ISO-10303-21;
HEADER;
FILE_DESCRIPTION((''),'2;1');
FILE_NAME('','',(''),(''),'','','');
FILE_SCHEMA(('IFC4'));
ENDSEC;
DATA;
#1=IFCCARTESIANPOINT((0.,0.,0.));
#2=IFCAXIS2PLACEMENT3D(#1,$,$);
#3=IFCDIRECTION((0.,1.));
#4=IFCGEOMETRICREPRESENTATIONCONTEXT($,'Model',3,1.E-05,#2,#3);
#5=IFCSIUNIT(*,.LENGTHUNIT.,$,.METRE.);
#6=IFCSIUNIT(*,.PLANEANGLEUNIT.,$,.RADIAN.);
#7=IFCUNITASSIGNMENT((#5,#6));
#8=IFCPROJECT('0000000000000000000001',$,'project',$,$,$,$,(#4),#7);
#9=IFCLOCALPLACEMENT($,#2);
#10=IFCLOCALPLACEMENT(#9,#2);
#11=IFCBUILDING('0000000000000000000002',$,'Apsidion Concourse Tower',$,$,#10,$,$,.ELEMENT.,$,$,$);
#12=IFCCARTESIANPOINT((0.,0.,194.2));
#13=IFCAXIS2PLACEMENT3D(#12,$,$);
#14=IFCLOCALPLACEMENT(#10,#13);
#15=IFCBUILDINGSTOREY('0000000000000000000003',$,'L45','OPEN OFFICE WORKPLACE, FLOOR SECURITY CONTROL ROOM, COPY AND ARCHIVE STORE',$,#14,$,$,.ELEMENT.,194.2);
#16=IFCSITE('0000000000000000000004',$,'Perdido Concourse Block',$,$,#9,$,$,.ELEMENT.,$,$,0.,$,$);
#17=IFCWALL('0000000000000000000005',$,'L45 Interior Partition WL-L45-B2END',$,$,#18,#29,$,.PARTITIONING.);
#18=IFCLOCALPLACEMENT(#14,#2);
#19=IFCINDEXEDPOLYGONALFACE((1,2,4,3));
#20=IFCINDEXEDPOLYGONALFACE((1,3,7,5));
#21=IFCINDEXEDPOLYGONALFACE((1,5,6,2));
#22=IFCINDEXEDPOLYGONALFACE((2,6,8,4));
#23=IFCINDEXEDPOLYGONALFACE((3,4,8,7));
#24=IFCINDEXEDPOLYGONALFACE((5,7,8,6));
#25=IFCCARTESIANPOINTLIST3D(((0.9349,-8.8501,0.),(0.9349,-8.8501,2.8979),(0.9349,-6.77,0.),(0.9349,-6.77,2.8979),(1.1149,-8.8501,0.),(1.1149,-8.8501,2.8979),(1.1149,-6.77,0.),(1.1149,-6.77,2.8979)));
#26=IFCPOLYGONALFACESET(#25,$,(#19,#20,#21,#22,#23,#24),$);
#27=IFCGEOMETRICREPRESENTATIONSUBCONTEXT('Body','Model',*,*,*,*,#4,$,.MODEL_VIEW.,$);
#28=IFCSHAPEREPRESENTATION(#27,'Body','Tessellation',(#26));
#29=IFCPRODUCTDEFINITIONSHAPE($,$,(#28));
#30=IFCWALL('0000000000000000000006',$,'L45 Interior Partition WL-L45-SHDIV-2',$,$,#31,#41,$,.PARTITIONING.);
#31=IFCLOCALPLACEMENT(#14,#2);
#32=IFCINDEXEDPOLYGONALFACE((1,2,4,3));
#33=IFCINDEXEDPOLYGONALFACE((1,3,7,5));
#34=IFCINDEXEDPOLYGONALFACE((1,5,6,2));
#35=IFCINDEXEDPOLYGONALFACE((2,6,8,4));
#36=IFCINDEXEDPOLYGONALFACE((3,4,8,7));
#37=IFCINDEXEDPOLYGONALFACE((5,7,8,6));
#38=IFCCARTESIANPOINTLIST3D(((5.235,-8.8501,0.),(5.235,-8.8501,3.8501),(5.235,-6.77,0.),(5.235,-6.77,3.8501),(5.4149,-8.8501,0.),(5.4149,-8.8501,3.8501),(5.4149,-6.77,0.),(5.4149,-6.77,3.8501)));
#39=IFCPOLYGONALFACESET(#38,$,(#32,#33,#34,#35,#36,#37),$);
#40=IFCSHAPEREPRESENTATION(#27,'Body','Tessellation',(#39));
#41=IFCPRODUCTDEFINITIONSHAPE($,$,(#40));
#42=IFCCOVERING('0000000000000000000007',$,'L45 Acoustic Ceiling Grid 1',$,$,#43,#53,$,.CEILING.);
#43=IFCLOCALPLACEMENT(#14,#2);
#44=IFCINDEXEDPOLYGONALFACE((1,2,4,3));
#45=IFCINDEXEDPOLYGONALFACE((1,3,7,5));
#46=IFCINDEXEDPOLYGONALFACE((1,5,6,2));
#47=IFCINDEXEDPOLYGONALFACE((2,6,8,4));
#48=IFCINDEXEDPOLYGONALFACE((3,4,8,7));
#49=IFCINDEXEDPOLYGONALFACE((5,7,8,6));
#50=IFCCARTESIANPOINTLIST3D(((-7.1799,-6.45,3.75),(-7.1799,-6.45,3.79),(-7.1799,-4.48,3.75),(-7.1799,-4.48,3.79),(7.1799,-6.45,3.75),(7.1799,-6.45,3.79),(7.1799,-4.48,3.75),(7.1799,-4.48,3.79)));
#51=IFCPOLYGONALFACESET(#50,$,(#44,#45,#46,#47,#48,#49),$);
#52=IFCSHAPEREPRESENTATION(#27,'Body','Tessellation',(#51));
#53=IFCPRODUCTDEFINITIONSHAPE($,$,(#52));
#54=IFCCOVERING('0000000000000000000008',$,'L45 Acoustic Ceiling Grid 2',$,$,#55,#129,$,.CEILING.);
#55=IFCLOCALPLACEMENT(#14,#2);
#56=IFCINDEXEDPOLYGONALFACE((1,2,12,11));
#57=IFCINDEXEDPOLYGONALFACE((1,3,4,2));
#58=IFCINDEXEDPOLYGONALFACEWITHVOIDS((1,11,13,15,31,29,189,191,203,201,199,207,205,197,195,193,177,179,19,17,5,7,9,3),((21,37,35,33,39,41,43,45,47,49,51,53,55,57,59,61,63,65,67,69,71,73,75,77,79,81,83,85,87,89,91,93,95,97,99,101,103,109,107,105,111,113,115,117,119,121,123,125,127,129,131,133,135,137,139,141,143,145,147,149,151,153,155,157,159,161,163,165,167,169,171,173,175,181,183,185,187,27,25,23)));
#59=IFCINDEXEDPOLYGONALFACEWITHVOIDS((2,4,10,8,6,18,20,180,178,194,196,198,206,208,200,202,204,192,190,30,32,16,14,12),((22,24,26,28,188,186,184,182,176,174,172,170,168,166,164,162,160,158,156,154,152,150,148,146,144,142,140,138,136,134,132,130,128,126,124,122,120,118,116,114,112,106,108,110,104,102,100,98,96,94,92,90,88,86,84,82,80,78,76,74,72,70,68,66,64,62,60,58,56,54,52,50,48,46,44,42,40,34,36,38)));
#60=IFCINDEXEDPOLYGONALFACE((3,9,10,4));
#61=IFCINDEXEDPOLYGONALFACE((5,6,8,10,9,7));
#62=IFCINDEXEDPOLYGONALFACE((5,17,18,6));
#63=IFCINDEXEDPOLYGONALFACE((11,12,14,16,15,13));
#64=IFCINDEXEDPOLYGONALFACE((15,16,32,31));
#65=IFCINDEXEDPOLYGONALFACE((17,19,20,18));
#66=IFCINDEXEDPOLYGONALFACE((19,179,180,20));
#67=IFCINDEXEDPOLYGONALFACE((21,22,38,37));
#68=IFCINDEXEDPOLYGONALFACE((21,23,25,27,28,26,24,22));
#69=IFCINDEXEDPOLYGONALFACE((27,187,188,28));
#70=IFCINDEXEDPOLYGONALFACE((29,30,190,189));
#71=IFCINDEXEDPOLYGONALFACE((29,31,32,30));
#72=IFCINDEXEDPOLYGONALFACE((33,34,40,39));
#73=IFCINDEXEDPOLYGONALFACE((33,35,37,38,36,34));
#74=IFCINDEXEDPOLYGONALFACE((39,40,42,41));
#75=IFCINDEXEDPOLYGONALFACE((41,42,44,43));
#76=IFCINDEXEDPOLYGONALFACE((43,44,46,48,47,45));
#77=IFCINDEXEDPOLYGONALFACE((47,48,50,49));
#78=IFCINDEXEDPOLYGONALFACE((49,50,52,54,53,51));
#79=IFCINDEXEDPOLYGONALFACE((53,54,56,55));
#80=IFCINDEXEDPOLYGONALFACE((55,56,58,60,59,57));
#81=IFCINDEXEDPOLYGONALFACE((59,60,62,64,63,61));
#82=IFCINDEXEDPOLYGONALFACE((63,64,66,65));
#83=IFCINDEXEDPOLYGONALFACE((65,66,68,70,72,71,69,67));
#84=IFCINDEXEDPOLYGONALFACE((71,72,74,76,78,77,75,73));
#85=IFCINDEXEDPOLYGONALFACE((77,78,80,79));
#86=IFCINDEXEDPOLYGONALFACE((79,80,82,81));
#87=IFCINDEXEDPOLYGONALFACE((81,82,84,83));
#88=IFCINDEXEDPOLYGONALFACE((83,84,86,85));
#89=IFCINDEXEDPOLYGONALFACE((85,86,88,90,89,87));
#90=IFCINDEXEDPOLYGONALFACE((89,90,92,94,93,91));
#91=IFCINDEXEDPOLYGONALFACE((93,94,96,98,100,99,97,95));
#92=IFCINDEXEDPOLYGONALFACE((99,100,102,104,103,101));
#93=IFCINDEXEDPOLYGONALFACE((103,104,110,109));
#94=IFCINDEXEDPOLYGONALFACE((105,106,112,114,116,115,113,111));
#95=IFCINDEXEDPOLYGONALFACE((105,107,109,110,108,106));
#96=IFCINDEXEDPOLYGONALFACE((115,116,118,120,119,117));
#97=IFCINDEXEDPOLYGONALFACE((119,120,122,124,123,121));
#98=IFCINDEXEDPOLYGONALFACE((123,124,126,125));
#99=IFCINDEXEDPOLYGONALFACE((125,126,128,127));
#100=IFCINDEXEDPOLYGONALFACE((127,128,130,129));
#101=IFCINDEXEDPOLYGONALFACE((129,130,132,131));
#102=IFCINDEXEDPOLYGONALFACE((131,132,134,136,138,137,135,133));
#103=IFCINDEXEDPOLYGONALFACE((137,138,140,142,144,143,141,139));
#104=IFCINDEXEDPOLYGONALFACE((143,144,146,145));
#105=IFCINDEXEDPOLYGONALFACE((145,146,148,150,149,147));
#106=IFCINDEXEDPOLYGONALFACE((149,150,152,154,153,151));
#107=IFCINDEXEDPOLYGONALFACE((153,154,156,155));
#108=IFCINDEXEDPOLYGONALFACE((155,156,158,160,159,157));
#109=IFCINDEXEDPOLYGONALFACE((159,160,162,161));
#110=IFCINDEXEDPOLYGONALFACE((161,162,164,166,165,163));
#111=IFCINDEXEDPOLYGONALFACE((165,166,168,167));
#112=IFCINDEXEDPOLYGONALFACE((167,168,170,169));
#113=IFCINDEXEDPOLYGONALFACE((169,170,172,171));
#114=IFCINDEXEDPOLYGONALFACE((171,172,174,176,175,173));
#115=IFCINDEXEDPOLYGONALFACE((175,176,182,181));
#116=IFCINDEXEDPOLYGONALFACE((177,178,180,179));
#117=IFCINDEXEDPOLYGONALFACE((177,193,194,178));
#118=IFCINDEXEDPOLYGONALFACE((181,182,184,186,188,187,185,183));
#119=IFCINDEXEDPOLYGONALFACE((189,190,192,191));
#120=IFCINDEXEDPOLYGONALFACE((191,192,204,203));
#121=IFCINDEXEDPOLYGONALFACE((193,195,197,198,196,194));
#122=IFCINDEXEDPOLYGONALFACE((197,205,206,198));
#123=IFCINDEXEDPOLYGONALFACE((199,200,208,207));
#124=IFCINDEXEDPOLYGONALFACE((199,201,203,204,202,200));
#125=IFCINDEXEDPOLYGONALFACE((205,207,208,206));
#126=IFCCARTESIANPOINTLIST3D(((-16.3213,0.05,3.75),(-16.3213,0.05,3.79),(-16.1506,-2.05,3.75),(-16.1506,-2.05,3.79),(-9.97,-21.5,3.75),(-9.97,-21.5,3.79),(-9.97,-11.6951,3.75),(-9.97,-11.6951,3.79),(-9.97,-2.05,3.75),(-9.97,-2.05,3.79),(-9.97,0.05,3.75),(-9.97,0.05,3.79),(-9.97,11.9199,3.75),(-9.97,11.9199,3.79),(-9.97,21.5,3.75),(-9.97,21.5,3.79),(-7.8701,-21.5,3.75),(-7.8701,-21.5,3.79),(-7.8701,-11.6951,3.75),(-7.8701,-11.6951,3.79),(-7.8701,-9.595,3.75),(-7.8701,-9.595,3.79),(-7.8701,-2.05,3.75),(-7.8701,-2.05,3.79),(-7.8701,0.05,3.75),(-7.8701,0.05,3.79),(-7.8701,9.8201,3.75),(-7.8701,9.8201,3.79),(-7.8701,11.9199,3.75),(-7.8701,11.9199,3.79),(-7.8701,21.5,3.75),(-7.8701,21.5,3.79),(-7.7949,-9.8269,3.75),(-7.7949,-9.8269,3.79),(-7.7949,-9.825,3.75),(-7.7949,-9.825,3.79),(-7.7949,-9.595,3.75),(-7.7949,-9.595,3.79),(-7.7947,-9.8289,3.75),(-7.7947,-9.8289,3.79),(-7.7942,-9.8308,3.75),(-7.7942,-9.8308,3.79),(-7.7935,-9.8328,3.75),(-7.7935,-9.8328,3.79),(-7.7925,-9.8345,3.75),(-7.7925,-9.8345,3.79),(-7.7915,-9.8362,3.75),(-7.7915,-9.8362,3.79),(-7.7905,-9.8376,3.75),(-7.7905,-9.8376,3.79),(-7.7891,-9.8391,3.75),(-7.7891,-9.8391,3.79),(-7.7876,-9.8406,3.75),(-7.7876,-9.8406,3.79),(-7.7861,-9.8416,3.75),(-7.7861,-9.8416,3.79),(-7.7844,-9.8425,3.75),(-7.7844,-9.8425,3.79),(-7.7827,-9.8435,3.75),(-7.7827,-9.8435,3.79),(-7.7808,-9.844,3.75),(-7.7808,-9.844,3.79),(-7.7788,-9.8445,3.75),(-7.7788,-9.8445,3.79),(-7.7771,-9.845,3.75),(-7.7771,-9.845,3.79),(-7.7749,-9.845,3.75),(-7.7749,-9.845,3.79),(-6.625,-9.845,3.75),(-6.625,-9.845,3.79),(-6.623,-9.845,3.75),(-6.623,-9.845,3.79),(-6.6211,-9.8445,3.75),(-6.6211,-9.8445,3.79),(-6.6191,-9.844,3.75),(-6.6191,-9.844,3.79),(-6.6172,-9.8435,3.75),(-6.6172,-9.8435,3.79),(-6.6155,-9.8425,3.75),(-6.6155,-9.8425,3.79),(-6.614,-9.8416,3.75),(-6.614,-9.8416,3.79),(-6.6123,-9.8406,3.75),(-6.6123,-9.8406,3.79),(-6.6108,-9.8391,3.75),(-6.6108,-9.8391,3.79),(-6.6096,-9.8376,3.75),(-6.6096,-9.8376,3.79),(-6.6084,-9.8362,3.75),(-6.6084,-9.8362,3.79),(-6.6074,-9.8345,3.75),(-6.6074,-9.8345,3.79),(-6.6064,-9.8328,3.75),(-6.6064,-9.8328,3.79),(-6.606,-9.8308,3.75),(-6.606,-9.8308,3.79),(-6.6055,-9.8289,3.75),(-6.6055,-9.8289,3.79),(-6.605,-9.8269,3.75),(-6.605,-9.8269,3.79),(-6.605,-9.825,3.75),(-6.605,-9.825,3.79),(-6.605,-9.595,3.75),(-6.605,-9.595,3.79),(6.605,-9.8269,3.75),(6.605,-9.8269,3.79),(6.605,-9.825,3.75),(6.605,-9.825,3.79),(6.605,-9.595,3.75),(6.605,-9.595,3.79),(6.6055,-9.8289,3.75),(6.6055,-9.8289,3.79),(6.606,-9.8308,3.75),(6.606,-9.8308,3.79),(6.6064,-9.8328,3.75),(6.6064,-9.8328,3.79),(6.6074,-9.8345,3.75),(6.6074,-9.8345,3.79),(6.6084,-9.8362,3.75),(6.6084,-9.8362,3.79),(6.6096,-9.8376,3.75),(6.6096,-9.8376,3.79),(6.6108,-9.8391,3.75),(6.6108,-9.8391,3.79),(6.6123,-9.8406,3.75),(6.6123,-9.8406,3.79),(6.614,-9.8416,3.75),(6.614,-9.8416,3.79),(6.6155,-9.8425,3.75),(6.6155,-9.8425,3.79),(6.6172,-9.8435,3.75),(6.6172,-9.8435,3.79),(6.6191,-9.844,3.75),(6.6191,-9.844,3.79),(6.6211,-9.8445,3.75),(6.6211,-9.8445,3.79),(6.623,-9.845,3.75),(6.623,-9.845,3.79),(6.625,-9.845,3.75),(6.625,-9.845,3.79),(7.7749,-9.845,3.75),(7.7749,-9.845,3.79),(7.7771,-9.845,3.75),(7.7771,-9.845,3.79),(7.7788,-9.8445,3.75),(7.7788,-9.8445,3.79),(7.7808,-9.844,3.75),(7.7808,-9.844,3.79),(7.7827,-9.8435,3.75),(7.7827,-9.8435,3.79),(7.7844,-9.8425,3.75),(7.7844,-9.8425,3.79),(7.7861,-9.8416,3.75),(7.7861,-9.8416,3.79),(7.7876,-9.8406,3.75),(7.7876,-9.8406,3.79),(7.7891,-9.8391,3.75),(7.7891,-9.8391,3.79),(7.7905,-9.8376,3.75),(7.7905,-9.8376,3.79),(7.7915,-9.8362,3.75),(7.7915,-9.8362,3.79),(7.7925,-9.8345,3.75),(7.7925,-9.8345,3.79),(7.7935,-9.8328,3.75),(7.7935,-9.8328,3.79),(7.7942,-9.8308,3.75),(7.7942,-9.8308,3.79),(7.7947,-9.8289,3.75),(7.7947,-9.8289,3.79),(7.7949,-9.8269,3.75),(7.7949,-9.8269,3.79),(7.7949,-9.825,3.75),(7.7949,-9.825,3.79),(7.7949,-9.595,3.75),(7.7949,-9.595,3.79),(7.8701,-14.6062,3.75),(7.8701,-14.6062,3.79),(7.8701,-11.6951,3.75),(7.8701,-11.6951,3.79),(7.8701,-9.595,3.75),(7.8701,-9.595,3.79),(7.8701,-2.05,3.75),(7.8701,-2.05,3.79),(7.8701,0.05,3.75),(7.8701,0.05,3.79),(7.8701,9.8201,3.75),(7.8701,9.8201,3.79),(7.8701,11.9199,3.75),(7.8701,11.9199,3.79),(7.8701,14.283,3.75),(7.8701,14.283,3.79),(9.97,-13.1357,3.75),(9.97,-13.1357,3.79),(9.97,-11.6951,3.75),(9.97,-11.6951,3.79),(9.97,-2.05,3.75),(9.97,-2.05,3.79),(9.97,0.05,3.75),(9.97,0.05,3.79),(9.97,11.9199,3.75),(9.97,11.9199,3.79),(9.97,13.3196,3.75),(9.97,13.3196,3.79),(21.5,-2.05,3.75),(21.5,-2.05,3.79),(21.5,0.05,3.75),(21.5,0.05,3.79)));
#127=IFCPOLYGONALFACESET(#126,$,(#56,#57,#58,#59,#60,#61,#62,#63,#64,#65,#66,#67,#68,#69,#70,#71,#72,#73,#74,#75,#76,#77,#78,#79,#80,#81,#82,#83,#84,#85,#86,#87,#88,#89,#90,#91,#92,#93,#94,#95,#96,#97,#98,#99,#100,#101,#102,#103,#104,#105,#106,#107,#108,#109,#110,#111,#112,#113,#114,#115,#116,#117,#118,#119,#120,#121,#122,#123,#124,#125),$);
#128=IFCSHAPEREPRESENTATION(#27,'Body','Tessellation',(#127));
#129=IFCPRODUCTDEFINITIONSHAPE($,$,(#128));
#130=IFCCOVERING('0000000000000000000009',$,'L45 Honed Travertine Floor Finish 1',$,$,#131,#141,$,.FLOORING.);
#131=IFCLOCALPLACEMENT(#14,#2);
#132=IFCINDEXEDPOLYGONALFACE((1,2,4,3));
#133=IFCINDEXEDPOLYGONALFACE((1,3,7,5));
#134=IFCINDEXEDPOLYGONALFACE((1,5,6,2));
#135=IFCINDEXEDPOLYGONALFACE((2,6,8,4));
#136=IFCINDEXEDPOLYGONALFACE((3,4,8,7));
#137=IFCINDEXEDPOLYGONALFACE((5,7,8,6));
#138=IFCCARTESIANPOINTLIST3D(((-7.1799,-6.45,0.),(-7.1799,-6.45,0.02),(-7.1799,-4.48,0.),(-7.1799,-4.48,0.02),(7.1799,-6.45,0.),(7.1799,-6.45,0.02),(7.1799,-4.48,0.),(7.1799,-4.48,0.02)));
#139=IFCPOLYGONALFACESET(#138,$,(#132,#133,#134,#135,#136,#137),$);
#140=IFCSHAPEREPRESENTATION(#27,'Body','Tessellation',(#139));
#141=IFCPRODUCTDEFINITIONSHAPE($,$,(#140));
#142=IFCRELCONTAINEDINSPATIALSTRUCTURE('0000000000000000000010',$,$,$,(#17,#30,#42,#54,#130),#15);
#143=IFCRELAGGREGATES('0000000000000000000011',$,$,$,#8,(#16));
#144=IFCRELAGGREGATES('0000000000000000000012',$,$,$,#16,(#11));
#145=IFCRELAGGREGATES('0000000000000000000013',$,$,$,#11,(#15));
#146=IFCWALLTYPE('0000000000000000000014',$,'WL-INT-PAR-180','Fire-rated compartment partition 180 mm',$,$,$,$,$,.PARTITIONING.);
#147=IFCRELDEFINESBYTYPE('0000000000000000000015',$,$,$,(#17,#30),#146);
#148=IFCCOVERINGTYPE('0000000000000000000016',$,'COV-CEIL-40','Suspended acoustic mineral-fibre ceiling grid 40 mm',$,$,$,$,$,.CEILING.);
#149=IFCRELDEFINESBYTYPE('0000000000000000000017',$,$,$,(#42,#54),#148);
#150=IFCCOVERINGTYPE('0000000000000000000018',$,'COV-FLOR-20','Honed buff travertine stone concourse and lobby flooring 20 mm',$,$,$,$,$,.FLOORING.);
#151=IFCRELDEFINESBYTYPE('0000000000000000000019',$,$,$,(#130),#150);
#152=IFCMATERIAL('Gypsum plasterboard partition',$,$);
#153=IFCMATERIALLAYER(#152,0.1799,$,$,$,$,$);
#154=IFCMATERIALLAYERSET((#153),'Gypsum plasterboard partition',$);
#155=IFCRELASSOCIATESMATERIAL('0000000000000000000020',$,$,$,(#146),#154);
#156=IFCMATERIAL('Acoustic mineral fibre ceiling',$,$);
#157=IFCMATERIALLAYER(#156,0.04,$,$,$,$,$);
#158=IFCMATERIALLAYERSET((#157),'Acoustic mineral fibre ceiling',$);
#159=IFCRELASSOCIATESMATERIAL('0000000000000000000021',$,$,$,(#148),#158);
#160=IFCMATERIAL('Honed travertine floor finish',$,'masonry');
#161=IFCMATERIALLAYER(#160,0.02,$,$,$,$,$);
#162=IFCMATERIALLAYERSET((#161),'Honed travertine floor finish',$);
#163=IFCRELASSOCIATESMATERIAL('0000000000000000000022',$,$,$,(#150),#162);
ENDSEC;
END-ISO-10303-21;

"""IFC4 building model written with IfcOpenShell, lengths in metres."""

from ifc_helpers import new_model, si_unit, direction, frame, frame_2d, origin, place, context, subcontext, project, spatial, polyline, rectangle, outline, extrude, material, layer, layer_set, type_object, element, save


model = new_model("IFC4")

# Units and contexts
model_context = context("Model", 3, precision=1e-05, world=origin(), true_north=direction((0.0, 1.0)))
body_context = subcontext(model_context, "Body", "Model", "MODEL_VIEW")
ifc_project = project(units=[si_unit("LENGTHUNIT", "METRE"), si_unit("PLANEANGLEUNIT", "RADIAN")], contexts=[model_context])

# Site, building, storey
site_placement = place(None, origin())
site = spatial("IfcSite", under=ifc_project, at=site_placement, Name="Perdido Concourse Block", CompositionType="ELEMENT", RefElevation=0.0)
building_placement = place(site_placement, origin())
building = spatial("IfcBuilding", under=site, at=building_placement, Name="Apsidion Concourse Tower", CompositionType="ELEMENT")
storey_placement = place(building_placement, frame((0.0, 0.0, 194.2)))
storey = spatial("IfcBuildingStorey", under=building, at=storey_placement, Name="L45", Description="OPEN OFFICE WORKPLACE, FLOOR SECURITY CONTROL ROOM, COPY AND ARCHIVE STORE", CompositionType="ELEMENT", Elevation=194.2)

# Walls
ifc_material_1 = material(Name="Gypsum plasterboard partition")
ifc_layer_1 = layer(ifc_material_1, 0.1799)
ifc_layer_set_1 = layer_set([ifc_layer_1], Name="Gypsum plasterboard partition")
wall_type_1 = type_object("IfcWallType", Name="WL-INT-PAR-180", Description="Fire-rated compartment partition 180 mm", PredefinedType="PARTITIONING", material=ifc_layer_set_1)
wall_1_placement = place(storey_placement, frame((1.0249, -8.8501, 0.0), z_axis=(0.0, 0.0, 1.0), x_axis=(0.0, 1.0, 0.0)))
element("IfcWall", 1, at=wall_1_placement, inside=storey, type_object=wall_type_1, Name="L45 Interior Partition WL-L45-B2END", PredefinedType="PARTITIONING", context=body_context, shape_type="SweptSolid", body=[
    extrude(rectangle(XDim=2.0801, YDim=0.1799, at=frame_2d((1.04, 0.0))), origin(), (0.0, 0.0, 1.0), 2.8979),
])
wall_2_placement = place(storey_placement, frame((5.325, -8.8501, 0.0), z_axis=(0.0, 0.0, 1.0), x_axis=(0.0, 1.0, 0.0)))
element("IfcWall", 2, at=wall_2_placement, inside=storey, type_object=wall_type_1, Name="L45 Interior Partition WL-L45-SHDIV-2", PredefinedType="PARTITIONING", context=body_context, shape_type="SweptSolid", body=[
    extrude(rectangle(XDim=2.0801, YDim=0.1799, at=frame_2d((1.04, 0.0))), origin(), (0.0, 0.0, 1.0), 3.8501),
])

# Coverings
ifc_material_2 = material(Name="Acoustic mineral fibre ceiling")
ifc_layer_2 = layer(ifc_material_2, 0.04)
ifc_layer_set_2 = layer_set([ifc_layer_2], Name="Acoustic mineral fibre ceiling")
covering_type_1 = type_object("IfcCoveringType", Name="COV-CEIL-40", Description="Suspended acoustic mineral-fibre ceiling grid 40 mm", PredefinedType="CEILING", material=ifc_layer_set_2)
covering_1_placement = place(storey_placement, frame((0.0, 0.0, 3.75)))
element("IfcCovering", 3, at=covering_1_placement, inside=storey, type_object=covering_type_1, Name="L45 Acoustic Ceiling Grid 1", PredefinedType="CEILING", context=body_context, shape_type="SweptSolid", body=[
    extrude(outline(polyline([(-7.1799, -6.45), (-7.1799, -4.48), (7.1799, -4.48), (7.1799, -6.45), (-7.1799, -6.45)])), origin(), (0.0, 0.0, 1.0), 0.04),
])
covering_2_placement = place(storey_placement, frame((0.0, 0.0, 3.75)))
element("IfcCovering", 4, at=covering_2_placement, inside=storey, type_object=covering_type_1, Name="L45 Acoustic Ceiling Grid 2", PredefinedType="CEILING", context=body_context, shape_type="SweptSolid", body=[
    extrude(outline(polyline([(9.97, -13.1357), (7.8701, -14.6062), (7.8701, -11.6951), (-7.8701, -11.6951), (-7.8701, -21.5), (-9.97, -21.5), (-9.97, -11.6951), (-9.97, -2.05), (-16.1506, -2.05), (-16.3213, 0.05), (-9.97, 0.05), (-9.97, 11.9199), (-9.97, 21.5), (-7.8701, 21.5), (-7.8701, 11.9199), (7.8701, 11.9199), (7.8701, 14.283), (9.97, 13.3196), (9.97, 11.9199), (9.97, 0.05), (21.5, 0.05), (21.5, -2.05), (9.97, -2.05), (9.97, -11.6951), (9.97, -13.1357)]), holes=[polyline([(7.8701, -2.05), (7.8701, 0.05), (7.8701, 9.8201), (-7.8701, 9.8201), (-7.8701, 0.05), (-7.8701, -2.05), (-7.8701, -9.595), (-7.7949, -9.595), (-7.7949, -9.825), (-7.7949, -9.8269), (-7.7947, -9.8289), (-7.7942, -9.8308), (-7.7935, -9.8328), (-7.7925, -9.8345), (-7.7915, -9.8362), (-7.7905, -9.8376), (-7.7891, -9.8391), (-7.7876, -9.8406), (-7.7861, -9.8416), (-7.7844, -9.8425), (-7.7827, -9.8435), (-7.7808, -9.844), (-7.7788, -9.8445), (-7.7771, -9.845), (-7.7749, -9.845), (-6.625, -9.845), (-6.623, -9.845), (-6.6211, -9.8445), (-6.6191, -9.844), (-6.6172, -9.8435), (-6.6155, -9.8425), (-6.614, -9.8416), (-6.6123, -9.8406), (-6.6108, -9.8391), (-6.6096, -9.8376), (-6.6084, -9.8362), (-6.6074, -9.8345), (-6.6064, -9.8328), (-6.606, -9.8308), (-6.6055, -9.8289), (-6.605, -9.8269), (-6.605, -9.825), (-6.605, -9.595), (6.605, -9.595), (6.605, -9.825), (6.605, -9.8269), (6.6055, -9.8289), (6.606, -9.8308), (6.6064, -9.8328), (6.6074, -9.8345), (6.6084, -9.8362), (6.6096, -9.8376), (6.6108, -9.8391), (6.6123, -9.8406), (6.614, -9.8416), (6.6155, -9.8425), (6.6172, -9.8435), (6.6191, -9.844), (6.6211, -9.8445), (6.623, -9.845), (6.625, -9.845), (7.7749, -9.845), (7.7771, -9.845), (7.7788, -9.8445), (7.7808, -9.844), (7.7827, -9.8435), (7.7844, -9.8425), (7.7861, -9.8416), (7.7876, -9.8406), (7.7891, -9.8391), (7.7905, -9.8376), (7.7915, -9.8362), (7.7925, -9.8345), (7.7935, -9.8328), (7.7942, -9.8308), (7.7947, -9.8289), (7.7949, -9.8269), (7.7949, -9.825), (7.7949, -9.595), (7.8701, -9.595), (7.8701, -2.05)])]), origin(), (0.0, 0.0, 1.0), 0.04),
])
ifc_material_3 = material(Name="Honed travertine floor finish", Category="masonry")
ifc_layer_3 = layer(ifc_material_3, 0.02)
ifc_layer_set_3 = layer_set([ifc_layer_3], Name="Honed travertine floor finish")
covering_type_2 = type_object("IfcCoveringType", Name="COV-FLOR-20", Description="Honed buff travertine stone concourse and lobby flooring 20 mm", PredefinedType="FLOORING", material=ifc_layer_set_3)
covering_3_placement = place(storey_placement, origin())
element("IfcCovering", 5, at=covering_3_placement, inside=storey, type_object=covering_type_2, Name="L45 Honed Travertine Floor Finish 1", PredefinedType="FLOORING", context=body_context, shape_type="SweptSolid", body=[
    extrude(outline(polyline([(-7.1799, -6.45), (-7.1799, -4.48), (7.1799, -4.48), (7.1799, -6.45), (-7.1799, -6.45)])), origin(), (0.0, 0.0, 1.0), 0.02),
])

save(model, "model.ifc")
